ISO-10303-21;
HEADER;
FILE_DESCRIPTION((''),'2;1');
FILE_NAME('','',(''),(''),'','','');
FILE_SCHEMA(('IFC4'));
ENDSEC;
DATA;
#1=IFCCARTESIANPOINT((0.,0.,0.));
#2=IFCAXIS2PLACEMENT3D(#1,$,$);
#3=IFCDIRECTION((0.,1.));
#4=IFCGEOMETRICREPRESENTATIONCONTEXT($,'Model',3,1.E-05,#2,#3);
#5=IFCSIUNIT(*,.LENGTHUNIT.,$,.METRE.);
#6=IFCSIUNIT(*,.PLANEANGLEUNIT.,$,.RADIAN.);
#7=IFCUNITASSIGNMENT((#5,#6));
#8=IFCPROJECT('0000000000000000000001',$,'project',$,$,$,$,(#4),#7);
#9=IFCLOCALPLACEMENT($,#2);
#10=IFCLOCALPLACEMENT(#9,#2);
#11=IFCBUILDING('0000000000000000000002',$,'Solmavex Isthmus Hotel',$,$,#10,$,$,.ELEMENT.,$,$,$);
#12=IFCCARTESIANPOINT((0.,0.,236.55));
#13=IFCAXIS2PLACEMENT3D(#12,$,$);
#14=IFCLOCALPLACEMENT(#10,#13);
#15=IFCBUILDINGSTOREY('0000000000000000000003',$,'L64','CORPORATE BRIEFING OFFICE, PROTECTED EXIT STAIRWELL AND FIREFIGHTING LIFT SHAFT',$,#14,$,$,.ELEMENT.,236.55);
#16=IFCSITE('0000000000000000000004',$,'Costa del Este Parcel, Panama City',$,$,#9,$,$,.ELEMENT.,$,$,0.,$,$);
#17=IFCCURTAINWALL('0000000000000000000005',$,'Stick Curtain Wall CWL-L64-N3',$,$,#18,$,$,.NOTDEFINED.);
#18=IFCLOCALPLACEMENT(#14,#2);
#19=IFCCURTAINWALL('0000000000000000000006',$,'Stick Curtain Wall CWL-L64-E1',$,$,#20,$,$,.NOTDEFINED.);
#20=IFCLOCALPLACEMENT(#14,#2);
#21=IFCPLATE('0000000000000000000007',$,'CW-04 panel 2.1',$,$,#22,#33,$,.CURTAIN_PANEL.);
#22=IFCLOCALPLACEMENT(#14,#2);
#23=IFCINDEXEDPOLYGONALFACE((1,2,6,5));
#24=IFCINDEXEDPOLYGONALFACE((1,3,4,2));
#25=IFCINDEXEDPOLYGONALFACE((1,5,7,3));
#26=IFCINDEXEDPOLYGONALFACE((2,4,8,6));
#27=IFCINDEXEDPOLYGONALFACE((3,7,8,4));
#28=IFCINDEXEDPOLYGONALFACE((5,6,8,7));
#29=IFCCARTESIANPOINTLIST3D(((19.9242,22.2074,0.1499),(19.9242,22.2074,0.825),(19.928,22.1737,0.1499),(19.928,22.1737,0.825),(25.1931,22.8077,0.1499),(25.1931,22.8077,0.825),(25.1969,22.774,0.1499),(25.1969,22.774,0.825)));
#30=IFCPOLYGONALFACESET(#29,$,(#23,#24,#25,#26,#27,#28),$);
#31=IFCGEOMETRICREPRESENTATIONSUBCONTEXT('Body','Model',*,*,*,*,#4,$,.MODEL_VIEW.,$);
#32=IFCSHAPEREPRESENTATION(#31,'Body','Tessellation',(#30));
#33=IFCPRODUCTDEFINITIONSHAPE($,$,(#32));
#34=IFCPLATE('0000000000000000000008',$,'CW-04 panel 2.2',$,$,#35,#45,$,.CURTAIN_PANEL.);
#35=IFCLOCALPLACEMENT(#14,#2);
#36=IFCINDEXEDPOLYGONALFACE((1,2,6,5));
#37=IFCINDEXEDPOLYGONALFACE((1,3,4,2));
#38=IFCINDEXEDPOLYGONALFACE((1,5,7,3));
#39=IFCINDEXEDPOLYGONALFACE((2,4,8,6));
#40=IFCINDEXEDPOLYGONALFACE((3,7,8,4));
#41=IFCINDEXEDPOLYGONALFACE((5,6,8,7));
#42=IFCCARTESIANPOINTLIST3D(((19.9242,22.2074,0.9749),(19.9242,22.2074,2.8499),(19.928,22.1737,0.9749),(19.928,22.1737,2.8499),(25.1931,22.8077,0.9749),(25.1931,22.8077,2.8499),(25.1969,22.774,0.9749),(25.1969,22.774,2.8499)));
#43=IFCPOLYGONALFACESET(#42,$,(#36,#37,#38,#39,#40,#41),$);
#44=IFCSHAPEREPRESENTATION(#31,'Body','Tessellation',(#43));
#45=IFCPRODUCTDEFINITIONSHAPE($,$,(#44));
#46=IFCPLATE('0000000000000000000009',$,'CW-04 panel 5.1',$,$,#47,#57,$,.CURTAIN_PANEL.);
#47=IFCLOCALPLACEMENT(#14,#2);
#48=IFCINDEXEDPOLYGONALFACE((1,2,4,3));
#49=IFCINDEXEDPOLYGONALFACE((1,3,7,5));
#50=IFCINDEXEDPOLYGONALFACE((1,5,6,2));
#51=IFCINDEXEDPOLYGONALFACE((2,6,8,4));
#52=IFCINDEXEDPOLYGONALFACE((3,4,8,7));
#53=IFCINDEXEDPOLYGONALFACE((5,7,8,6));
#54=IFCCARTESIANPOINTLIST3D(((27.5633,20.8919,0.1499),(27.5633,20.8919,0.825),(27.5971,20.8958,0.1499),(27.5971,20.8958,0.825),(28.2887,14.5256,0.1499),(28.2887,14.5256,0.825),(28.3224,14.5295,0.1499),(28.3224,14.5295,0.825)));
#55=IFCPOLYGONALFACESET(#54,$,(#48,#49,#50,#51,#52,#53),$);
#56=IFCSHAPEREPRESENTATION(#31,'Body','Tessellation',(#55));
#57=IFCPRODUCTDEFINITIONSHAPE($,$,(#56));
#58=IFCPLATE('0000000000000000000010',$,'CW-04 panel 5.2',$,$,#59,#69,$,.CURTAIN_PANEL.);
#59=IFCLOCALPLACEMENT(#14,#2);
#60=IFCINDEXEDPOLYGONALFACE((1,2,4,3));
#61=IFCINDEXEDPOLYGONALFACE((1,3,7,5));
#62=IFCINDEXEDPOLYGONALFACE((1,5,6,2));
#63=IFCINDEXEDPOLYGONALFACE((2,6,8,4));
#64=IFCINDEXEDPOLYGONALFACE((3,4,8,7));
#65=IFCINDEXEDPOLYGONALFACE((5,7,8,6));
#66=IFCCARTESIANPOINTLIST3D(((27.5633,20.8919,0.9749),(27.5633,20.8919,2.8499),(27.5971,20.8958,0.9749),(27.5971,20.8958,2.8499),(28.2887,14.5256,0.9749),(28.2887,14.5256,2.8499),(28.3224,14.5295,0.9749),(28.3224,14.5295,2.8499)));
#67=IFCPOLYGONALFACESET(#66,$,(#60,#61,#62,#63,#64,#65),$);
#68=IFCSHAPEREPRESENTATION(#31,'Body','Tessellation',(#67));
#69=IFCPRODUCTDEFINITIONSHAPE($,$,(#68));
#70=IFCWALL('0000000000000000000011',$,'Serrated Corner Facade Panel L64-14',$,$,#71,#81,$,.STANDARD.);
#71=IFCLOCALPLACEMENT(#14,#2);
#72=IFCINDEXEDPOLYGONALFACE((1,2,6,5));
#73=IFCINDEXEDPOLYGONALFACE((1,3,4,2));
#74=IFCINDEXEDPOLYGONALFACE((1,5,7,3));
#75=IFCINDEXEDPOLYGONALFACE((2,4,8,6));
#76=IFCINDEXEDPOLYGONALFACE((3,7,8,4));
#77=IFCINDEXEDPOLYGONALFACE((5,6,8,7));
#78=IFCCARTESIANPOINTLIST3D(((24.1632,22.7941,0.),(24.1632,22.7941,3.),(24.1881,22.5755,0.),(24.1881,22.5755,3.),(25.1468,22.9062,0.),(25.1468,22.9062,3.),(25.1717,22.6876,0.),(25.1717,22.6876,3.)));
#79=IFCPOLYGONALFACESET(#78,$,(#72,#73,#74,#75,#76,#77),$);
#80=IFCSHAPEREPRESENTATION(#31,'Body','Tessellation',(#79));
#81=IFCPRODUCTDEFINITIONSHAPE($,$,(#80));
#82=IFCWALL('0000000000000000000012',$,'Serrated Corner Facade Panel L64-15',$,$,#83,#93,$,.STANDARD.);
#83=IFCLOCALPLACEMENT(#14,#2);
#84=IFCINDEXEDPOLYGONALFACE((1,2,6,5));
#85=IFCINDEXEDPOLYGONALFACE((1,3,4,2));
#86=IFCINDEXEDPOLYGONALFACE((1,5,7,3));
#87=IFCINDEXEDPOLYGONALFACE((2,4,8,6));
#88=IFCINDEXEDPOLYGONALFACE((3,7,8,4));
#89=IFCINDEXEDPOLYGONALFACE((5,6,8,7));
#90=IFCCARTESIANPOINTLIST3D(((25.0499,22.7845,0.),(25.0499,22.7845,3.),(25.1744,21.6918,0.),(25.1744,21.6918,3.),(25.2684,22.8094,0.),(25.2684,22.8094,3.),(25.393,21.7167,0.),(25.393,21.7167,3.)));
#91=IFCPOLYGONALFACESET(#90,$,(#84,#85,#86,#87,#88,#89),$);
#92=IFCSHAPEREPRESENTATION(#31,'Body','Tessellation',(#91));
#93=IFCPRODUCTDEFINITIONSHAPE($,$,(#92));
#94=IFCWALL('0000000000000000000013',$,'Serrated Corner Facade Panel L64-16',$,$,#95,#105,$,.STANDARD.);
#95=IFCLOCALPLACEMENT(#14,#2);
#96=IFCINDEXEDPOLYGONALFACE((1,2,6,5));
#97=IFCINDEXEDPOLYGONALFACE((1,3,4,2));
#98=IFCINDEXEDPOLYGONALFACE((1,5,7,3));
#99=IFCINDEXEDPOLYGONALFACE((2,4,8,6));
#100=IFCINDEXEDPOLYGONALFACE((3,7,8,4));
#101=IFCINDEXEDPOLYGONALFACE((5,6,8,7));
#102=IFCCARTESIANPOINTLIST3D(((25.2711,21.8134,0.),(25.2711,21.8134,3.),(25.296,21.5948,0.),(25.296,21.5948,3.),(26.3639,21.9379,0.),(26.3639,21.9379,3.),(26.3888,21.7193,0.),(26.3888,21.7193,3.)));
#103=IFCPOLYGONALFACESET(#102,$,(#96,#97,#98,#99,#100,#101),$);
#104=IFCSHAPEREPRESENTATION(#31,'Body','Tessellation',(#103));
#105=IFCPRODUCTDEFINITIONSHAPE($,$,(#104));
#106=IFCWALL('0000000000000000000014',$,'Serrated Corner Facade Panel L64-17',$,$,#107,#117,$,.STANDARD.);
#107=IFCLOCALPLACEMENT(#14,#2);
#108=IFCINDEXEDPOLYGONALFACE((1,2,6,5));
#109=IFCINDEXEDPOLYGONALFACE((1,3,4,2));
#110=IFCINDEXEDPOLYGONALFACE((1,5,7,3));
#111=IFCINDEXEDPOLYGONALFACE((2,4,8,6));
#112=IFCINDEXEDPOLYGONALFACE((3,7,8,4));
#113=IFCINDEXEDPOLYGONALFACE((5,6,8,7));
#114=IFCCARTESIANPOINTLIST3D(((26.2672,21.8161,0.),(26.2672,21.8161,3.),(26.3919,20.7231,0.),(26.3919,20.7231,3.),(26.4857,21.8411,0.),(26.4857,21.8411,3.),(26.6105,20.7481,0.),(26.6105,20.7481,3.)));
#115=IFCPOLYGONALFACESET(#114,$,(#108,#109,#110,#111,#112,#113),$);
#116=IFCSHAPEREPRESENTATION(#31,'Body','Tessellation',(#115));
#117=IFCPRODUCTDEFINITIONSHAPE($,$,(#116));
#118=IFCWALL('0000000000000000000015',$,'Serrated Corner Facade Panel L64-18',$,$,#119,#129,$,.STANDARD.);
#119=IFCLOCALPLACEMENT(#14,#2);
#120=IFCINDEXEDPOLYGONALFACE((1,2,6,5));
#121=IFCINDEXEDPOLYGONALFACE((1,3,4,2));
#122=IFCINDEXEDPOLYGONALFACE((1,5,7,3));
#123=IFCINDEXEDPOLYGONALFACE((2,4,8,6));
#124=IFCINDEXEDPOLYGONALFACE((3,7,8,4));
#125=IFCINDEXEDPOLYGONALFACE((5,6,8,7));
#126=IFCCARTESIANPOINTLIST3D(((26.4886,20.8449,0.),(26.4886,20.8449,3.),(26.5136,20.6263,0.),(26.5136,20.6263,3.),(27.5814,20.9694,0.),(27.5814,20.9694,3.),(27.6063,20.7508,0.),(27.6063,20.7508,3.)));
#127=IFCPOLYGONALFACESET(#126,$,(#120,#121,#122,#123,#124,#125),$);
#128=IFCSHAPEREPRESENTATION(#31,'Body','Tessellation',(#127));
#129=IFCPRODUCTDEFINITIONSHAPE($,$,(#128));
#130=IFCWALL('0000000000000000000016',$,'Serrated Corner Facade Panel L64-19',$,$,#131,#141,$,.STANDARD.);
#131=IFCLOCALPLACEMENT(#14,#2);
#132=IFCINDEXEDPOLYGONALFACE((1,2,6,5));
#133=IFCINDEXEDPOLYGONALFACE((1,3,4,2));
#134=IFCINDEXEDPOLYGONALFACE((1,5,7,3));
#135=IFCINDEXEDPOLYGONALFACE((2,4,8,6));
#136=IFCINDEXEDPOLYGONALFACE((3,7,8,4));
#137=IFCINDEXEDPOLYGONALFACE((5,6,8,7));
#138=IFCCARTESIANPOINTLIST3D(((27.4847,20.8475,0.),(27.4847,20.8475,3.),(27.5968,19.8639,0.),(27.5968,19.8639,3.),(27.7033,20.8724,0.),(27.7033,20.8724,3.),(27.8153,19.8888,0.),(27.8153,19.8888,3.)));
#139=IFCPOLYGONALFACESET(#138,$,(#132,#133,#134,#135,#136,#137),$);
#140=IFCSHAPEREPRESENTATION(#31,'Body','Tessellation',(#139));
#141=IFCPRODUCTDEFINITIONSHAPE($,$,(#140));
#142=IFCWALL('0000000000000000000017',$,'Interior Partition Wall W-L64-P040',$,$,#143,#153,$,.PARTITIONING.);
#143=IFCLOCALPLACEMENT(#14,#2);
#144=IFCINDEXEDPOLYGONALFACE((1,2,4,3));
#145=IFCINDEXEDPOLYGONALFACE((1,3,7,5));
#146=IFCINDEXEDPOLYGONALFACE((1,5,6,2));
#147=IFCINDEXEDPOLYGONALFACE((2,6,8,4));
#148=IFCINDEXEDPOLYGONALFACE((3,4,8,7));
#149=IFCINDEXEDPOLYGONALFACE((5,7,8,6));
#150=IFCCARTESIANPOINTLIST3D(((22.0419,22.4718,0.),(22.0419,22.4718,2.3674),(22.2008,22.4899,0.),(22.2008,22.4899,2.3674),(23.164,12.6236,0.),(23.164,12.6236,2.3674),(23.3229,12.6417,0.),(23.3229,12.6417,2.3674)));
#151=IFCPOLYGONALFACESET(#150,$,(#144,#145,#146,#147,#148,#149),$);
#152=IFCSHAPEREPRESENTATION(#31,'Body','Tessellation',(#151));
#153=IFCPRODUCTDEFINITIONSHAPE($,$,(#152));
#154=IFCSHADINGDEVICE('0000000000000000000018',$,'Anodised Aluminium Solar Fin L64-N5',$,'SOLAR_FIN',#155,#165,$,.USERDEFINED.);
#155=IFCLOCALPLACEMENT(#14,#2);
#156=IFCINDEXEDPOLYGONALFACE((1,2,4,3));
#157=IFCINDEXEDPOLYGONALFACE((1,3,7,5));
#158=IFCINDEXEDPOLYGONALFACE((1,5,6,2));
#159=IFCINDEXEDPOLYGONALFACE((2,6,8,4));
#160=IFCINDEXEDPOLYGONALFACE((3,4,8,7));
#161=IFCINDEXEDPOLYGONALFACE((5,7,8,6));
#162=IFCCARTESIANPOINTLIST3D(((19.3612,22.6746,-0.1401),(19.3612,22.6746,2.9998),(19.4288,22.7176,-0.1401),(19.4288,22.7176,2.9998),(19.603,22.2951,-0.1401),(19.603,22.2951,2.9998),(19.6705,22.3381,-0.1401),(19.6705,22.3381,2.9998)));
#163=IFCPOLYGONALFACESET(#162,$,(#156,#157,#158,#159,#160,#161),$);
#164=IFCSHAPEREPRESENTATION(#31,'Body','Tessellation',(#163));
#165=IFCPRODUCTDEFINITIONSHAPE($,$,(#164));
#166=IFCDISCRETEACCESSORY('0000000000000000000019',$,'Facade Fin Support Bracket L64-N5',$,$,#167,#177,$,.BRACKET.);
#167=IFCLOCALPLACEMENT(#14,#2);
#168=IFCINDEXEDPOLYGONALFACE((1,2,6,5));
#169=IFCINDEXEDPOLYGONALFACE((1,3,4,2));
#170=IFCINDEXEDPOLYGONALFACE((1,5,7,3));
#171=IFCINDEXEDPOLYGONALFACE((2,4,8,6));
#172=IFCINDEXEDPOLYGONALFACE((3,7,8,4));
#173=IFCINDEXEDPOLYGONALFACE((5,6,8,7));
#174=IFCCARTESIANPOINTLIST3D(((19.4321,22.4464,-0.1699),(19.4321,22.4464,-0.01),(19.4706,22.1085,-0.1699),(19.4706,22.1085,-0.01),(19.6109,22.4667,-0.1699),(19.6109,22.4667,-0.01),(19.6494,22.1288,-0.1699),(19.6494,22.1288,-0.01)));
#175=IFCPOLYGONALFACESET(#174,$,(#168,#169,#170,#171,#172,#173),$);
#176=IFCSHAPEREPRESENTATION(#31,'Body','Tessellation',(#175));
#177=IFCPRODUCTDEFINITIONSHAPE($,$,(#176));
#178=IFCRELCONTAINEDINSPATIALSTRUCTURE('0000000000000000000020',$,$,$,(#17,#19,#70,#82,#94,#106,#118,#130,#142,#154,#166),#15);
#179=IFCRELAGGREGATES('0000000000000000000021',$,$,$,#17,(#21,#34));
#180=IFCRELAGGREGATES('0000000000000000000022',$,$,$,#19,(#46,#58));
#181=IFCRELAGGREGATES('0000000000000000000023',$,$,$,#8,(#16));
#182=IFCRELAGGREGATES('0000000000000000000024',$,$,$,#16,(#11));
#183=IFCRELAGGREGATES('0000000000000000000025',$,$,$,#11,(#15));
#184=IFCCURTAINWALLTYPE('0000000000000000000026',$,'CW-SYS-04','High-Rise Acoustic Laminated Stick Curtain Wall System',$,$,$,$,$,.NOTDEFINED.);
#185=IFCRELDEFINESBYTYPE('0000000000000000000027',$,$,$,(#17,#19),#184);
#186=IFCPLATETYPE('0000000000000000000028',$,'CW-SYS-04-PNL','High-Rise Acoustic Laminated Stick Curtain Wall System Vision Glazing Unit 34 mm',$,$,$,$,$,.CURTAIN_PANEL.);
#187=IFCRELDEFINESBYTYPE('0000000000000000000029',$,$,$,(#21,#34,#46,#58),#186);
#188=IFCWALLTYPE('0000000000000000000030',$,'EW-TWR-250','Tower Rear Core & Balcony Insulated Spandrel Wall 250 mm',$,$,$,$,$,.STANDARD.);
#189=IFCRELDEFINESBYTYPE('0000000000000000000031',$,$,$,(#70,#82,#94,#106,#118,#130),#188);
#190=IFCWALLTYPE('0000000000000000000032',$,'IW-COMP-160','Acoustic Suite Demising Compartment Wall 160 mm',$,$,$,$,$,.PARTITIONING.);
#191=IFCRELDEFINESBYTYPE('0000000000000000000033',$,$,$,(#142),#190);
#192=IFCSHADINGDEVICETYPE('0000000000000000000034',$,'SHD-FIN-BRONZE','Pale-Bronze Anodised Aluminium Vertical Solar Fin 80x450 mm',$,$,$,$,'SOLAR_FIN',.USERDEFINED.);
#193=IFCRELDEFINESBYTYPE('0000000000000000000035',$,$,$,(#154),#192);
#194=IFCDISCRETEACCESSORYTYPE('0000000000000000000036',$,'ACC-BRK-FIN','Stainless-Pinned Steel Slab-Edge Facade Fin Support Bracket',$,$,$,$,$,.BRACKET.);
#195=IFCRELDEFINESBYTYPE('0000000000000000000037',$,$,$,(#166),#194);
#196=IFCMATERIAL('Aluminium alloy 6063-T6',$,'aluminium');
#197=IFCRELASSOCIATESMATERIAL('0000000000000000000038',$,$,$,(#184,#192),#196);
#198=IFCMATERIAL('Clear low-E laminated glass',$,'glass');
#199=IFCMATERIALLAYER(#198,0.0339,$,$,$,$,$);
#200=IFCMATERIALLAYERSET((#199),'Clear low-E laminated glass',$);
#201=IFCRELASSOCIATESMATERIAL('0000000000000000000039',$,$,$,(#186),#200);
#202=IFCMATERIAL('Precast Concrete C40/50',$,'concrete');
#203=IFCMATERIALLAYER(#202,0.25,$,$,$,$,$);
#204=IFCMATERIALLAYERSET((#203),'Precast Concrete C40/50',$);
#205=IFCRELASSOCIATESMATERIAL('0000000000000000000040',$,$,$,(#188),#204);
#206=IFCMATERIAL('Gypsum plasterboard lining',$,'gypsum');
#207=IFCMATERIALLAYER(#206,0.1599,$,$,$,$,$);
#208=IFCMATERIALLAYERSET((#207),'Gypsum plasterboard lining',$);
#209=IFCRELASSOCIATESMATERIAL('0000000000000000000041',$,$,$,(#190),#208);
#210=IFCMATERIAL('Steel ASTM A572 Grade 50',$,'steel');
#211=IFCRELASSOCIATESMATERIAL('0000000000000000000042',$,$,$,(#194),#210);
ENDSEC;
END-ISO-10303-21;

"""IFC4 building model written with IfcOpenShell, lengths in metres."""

from ifc_helpers import new_model, si_unit, direction, frame, frame_2d, origin, origin_2d, place, context, subcontext, project, spatial, rectangle, extrude, material, layer, layer_set, type_object, element, aggregate, save


model = new_model("IFC4")

# Units and contexts
model_context = context("Model", 3, precision=1e-05, world=origin(), true_north=direction((0.0, 1.0)))
body_context = subcontext(model_context, "Body", "Model", "MODEL_VIEW")
ifc_project = project(units=[si_unit("LENGTHUNIT", "METRE"), si_unit("PLANEANGLEUNIT", "RADIAN")], contexts=[model_context])

# Site, building, storey
site_placement = place(None, origin())
site = spatial("IfcSite", under=ifc_project, at=site_placement, Name="Costa del Este Parcel, Panama City", CompositionType="ELEMENT", RefElevation=0.0)
building_placement = place(site_placement, origin())
building = spatial("IfcBuilding", under=site, at=building_placement, Name="Solmavex Isthmus Hotel", CompositionType="ELEMENT")
storey_placement = place(building_placement, frame((0.0, 0.0, 236.55)))
storey = spatial("IfcBuildingStorey", under=building, at=storey_placement, Name="L64", Description="CORPORATE BRIEFING OFFICE, PROTECTED EXIT STAIRWELL AND FIREFIGHTING LIFT SHAFT", CompositionType="ELEMENT", Elevation=236.55)

# Curtain walls
ifc_material_1 = material(Name="Aluminium alloy 6063-T6", Category="aluminium")
curtain_wall_type = type_object("IfcCurtainWallType", Name="CW-SYS-04", Description="High-Rise Acoustic Laminated Stick Curtain Wall System", PredefinedType="NOTDEFINED", material=ifc_material_1)
curtain_wall_1_placement = place(storey_placement, origin())
curtain_wall_1 = element("IfcCurtainWall", 1, at=curtain_wall_1_placement, inside=storey, type_object=curtain_wall_type, Name="Stick Curtain Wall CWL-L64-N3", PredefinedType="NOTDEFINED")
curtain_wall_2_placement = place(storey_placement, origin())
curtain_wall_2 = element("IfcCurtainWall", 2, at=curtain_wall_2_placement, inside=storey, type_object=curtain_wall_type, Name="Stick Curtain Wall CWL-L64-E1", PredefinedType="NOTDEFINED")

# Plates
ifc_material_2 = material(Name="Clear low-E laminated glass", Category="glass")
ifc_layer_1 = layer(ifc_material_2, 0.0339)
ifc_layer_set_1 = layer_set([ifc_layer_1], Name="Clear low-E laminated glass")
plate_type = type_object("IfcPlateType", Name="CW-SYS-04-PNL", Description="High-Rise Acoustic Laminated Stick Curtain Wall System Vision Glazing Unit 34 mm", PredefinedType="CURTAIN_PANEL", material=ifc_layer_set_1)
plate_1_placement = place(storey_placement, frame((22.5605, 22.4907, 0.1499), z_axis=(0.0, 0.0, 1.0), x_axis=(0.993572, 0.113204, 0.0)))
plate_1 = element("IfcPlate", 3, at=plate_1_placement, type_object=plate_type, Name="CW-04 panel 2.1", PredefinedType="CURTAIN_PANEL", context=body_context, shape_type="SweptSolid", body=[
    extrude(rectangle(XDim=5.303, YDim=0.0339, at=origin_2d()), origin(), (0.0, 0.0, 1.0), 0.675),
])
plate_2_placement = place(storey_placement, frame((22.5605, 22.4907, 0.9749), z_axis=(0.0, 0.0, 1.0), x_axis=(0.993572, 0.113204, 0.0)))
plate_2 = element("IfcPlate", 4, at=plate_2_placement, type_object=plate_type, Name="CW-04 panel 2.2", PredefinedType="CURTAIN_PANEL", context=body_context, shape_type="SweptSolid", body=[
    extrude(rectangle(XDim=5.303, YDim=0.0339, at=origin_2d()), origin(), (0.0, 0.0, 1.0), 1.875),
])
aggregate(curtain_wall_1, [plate_1, plate_2])
plate_3_placement = place(storey_placement, frame((27.9429, 17.7107, 0.1499), z_axis=(0.0, 0.0, 1.0), x_axis=(-0.113203, 0.993572, 0.0)))
plate_3 = element("IfcPlate", 5, at=plate_3_placement, type_object=plate_type, Name="CW-04 panel 5.1", PredefinedType="CURTAIN_PANEL", context=body_context, shape_type="SweptSolid", body=[
    extrude(rectangle(XDim=6.4075, YDim=0.0339, at=origin_2d()), origin(), (0.0, 0.0, 1.0), 0.675),
])
plate_4_placement = place(storey_placement, frame((27.9429, 17.7107, 0.9749), z_axis=(0.0, 0.0, 1.0), x_axis=(-0.113203, 0.993572, 0.0)))
plate_4 = element("IfcPlate", 6, at=plate_4_placement, type_object=plate_type, Name="CW-04 panel 5.2", PredefinedType="CURTAIN_PANEL", context=body_context, shape_type="SweptSolid", body=[
    extrude(rectangle(XDim=6.4075, YDim=0.0339, at=origin_2d()), origin(), (0.0, 0.0, 1.0), 1.875),
])
aggregate(curtain_wall_2, [plate_3, plate_4])

# Walls
ifc_material_3 = material(Name="Precast Concrete C40/50", Category="concrete")
ifc_layer_2 = layer(ifc_material_3, 0.25)
ifc_layer_set_2 = layer_set([ifc_layer_2], Name="Precast Concrete C40/50")
wall_type_1 = type_object("IfcWallType", Name="EW-TWR-250", Description="Tower Rear Core & Balcony Insulated Spandrel Wall 250 mm", PredefinedType="STANDARD", material=ifc_layer_set_2)
wall_1_placement = place(storey_placement, frame((24.1755, 22.6848, 0.0), z_axis=(0.0, 0.0, 1.0), x_axis=(0.993573, 0.113192, 0.0)))
element("IfcWall", 7, at=wall_1_placement, inside=storey, type_object=wall_type_1, Name="Serrated Corner Facade Panel L64-14", PredefinedType="STANDARD", context=body_context, shape_type="SweptSolid", body=[
    extrude(rectangle(XDim=0.99, YDim=0.22, at=frame_2d((0.4951, 0.0))), origin(), (0.0, 0.0, 1.0), 3.0),
])
for number, where, z_axis, x_axis, name in (
    (8, (25.1592, 22.7969, 0.0), (0.0, 0.0, 1.0), (0.113209, -0.993571, 0.0), "Serrated Corner Facade Panel L64-15"),
    (9, (25.2837, 21.7041, 0.0), (0.0, 0.0, 1.0), (0.993571, 0.113209, 0.0), "Serrated Corner Facade Panel L64-16"),
):
    element("IfcWall", number, at=place(storey_placement, frame(where, z_axis=z_axis, x_axis=x_axis)), inside=storey, type_object=wall_type_1, Name=name, PredefinedType="STANDARD", context=body_context, shape_type="SweptSolid", body=[
        extrude(rectangle(XDim=1.0999, YDim=0.22, at=frame_2d((0.5498, 0.0))), origin(), (0.0, 0.0, 1.0), 3.0),
    ])
wall_2_placement = place(storey_placement, frame((26.3765, 21.8286, 0.0), z_axis=(0.0, 0.0, 1.0), x_axis=(0.113403, -0.993549, 0.0)))
element("IfcWall", 10, at=wall_2_placement, inside=storey, type_object=wall_type_1, Name="Serrated Corner Facade Panel L64-17", PredefinedType="STANDARD", context=body_context, shape_type="SweptSolid", body=[
    extrude(rectangle(XDim=1.1001, YDim=0.22, at=frame_2d((0.55, 0.0))), origin(), (0.0, 0.0, 1.0), 3.0),
])
wall_3_placement = place(storey_placement, frame((26.5012, 20.7356, 0.0), z_axis=(0.0, 0.0, 1.0), x_axis=(0.993571, 0.113209, 0.0)))
element("IfcWall", 11, at=wall_3_placement, inside=storey, type_object=wall_type_1, Name="Serrated Corner Facade Panel L64-18", PredefinedType="STANDARD", context=body_context, shape_type="SweptSolid", body=[
    extrude(rectangle(XDim=1.0999, YDim=0.22, at=frame_2d((0.5498, 0.0))), origin(), (0.0, 0.0, 1.0), 3.0),
])
wall_4_placement = place(storey_placement, frame((27.594, 20.8601, 0.0), z_axis=(0.0, 0.0, 1.0), x_axis=(0.113192, -0.993573, 0.0)))
element("IfcWall", 12, at=wall_4_placement, inside=storey, type_object=wall_type_1, Name="Serrated Corner Facade Panel L64-19", PredefinedType="STANDARD", context=body_context, shape_type="SweptSolid", body=[
    extrude(rectangle(XDim=0.99, YDim=0.22, at=frame_2d((0.4951, 0.0))), origin(), (0.0, 0.0, 1.0), 3.0),
])
ifc_material_4 = material(Name="Gypsum plasterboard lining", Category="gypsum")
ifc_layer_3 = layer(ifc_material_4, 0.1599)
ifc_layer_set_3 = layer_set([ifc_layer_3], Name="Gypsum plasterboard lining")
wall_type_2 = type_object("IfcWallType", Name="IW-COMP-160", Description="Acoustic Suite Demising Compartment Wall 160 mm", PredefinedType="PARTITIONING", material=ifc_layer_set_3)
wall_5_placement = place(storey_placement, frame((22.1213, 22.481, 0.0), z_axis=(0.0, 0.0, 1.0), x_axis=(0.113205, -0.993572, 0.0)))
element("IfcWall", 13, at=wall_5_placement, inside=storey, type_object=wall_type_2, Name="Interior Partition Wall W-L64-P040", PredefinedType="PARTITIONING", context=body_context, shape_type="SweptSolid", body=[
    extrude(rectangle(XDim=9.9119, YDim=0.1599, at=frame_2d((4.9561, 0.0))), origin(), (0.0, 0.0, 1.0), 2.3674),
])

# Shading device
shading_device_type = type_object("IfcShadingDeviceType", Name="SHD-FIN-BRONZE", Description="Pale-Bronze Anodised Aluminium Vertical Solar Fin 80x450 mm", ElementType="SOLAR_FIN", PredefinedType="USERDEFINED", material=ifc_material_1)
shading_device_placement = place(storey_placement, frame((19.5159, 22.5063, -0.1401), z_axis=(0.0, 0.0, 1.0), x_axis=(-0.5373, 0.843391, 0.0)))
element("IfcShadingDevice", 14, at=shading_device_placement, inside=storey, type_object=shading_device_type, Name="Anodised Aluminium Solar Fin L64-N5", ObjectType="SOLAR_FIN", PredefinedType="USERDEFINED", context=body_context, shape_type="SweptSolid", body=[
    extrude(rectangle(XDim=0.45, YDim=0.0801, at=origin_2d()), origin(), (0.0, 0.0, 1.0), 3.1399),
])

# Discrete accessory
ifc_material_5 = material(Name="Steel ASTM A572 Grade 50", Category="steel")
discrete_accessory_type = type_object("IfcDiscreteAccessoryType", Name="ACC-BRK-FIN", Description="Stainless-Pinned Steel Slab-Edge Facade Fin Support Bracket", PredefinedType="BRACKET", material=ifc_material_5)
discrete_accessory_placement = place(storey_placement, frame((19.5408, 22.2876, -0.1699), z_axis=(0.0, 0.0, 1.0), x_axis=(-0.113203, 0.993572, 0.0)))
element("IfcDiscreteAccessory", 15, at=discrete_accessory_placement, inside=storey, type_object=discrete_accessory_type, Name="Facade Fin Support Bracket L64-N5", PredefinedType="BRACKET", context=body_context, shape_type="SweptSolid", body=[
    extrude(rectangle(XDim=0.3401, YDim=0.1799, at=origin_2d()), origin(), (0.0, 0.0, 1.0), 0.1599),
])

save(model, "model.ifc")
